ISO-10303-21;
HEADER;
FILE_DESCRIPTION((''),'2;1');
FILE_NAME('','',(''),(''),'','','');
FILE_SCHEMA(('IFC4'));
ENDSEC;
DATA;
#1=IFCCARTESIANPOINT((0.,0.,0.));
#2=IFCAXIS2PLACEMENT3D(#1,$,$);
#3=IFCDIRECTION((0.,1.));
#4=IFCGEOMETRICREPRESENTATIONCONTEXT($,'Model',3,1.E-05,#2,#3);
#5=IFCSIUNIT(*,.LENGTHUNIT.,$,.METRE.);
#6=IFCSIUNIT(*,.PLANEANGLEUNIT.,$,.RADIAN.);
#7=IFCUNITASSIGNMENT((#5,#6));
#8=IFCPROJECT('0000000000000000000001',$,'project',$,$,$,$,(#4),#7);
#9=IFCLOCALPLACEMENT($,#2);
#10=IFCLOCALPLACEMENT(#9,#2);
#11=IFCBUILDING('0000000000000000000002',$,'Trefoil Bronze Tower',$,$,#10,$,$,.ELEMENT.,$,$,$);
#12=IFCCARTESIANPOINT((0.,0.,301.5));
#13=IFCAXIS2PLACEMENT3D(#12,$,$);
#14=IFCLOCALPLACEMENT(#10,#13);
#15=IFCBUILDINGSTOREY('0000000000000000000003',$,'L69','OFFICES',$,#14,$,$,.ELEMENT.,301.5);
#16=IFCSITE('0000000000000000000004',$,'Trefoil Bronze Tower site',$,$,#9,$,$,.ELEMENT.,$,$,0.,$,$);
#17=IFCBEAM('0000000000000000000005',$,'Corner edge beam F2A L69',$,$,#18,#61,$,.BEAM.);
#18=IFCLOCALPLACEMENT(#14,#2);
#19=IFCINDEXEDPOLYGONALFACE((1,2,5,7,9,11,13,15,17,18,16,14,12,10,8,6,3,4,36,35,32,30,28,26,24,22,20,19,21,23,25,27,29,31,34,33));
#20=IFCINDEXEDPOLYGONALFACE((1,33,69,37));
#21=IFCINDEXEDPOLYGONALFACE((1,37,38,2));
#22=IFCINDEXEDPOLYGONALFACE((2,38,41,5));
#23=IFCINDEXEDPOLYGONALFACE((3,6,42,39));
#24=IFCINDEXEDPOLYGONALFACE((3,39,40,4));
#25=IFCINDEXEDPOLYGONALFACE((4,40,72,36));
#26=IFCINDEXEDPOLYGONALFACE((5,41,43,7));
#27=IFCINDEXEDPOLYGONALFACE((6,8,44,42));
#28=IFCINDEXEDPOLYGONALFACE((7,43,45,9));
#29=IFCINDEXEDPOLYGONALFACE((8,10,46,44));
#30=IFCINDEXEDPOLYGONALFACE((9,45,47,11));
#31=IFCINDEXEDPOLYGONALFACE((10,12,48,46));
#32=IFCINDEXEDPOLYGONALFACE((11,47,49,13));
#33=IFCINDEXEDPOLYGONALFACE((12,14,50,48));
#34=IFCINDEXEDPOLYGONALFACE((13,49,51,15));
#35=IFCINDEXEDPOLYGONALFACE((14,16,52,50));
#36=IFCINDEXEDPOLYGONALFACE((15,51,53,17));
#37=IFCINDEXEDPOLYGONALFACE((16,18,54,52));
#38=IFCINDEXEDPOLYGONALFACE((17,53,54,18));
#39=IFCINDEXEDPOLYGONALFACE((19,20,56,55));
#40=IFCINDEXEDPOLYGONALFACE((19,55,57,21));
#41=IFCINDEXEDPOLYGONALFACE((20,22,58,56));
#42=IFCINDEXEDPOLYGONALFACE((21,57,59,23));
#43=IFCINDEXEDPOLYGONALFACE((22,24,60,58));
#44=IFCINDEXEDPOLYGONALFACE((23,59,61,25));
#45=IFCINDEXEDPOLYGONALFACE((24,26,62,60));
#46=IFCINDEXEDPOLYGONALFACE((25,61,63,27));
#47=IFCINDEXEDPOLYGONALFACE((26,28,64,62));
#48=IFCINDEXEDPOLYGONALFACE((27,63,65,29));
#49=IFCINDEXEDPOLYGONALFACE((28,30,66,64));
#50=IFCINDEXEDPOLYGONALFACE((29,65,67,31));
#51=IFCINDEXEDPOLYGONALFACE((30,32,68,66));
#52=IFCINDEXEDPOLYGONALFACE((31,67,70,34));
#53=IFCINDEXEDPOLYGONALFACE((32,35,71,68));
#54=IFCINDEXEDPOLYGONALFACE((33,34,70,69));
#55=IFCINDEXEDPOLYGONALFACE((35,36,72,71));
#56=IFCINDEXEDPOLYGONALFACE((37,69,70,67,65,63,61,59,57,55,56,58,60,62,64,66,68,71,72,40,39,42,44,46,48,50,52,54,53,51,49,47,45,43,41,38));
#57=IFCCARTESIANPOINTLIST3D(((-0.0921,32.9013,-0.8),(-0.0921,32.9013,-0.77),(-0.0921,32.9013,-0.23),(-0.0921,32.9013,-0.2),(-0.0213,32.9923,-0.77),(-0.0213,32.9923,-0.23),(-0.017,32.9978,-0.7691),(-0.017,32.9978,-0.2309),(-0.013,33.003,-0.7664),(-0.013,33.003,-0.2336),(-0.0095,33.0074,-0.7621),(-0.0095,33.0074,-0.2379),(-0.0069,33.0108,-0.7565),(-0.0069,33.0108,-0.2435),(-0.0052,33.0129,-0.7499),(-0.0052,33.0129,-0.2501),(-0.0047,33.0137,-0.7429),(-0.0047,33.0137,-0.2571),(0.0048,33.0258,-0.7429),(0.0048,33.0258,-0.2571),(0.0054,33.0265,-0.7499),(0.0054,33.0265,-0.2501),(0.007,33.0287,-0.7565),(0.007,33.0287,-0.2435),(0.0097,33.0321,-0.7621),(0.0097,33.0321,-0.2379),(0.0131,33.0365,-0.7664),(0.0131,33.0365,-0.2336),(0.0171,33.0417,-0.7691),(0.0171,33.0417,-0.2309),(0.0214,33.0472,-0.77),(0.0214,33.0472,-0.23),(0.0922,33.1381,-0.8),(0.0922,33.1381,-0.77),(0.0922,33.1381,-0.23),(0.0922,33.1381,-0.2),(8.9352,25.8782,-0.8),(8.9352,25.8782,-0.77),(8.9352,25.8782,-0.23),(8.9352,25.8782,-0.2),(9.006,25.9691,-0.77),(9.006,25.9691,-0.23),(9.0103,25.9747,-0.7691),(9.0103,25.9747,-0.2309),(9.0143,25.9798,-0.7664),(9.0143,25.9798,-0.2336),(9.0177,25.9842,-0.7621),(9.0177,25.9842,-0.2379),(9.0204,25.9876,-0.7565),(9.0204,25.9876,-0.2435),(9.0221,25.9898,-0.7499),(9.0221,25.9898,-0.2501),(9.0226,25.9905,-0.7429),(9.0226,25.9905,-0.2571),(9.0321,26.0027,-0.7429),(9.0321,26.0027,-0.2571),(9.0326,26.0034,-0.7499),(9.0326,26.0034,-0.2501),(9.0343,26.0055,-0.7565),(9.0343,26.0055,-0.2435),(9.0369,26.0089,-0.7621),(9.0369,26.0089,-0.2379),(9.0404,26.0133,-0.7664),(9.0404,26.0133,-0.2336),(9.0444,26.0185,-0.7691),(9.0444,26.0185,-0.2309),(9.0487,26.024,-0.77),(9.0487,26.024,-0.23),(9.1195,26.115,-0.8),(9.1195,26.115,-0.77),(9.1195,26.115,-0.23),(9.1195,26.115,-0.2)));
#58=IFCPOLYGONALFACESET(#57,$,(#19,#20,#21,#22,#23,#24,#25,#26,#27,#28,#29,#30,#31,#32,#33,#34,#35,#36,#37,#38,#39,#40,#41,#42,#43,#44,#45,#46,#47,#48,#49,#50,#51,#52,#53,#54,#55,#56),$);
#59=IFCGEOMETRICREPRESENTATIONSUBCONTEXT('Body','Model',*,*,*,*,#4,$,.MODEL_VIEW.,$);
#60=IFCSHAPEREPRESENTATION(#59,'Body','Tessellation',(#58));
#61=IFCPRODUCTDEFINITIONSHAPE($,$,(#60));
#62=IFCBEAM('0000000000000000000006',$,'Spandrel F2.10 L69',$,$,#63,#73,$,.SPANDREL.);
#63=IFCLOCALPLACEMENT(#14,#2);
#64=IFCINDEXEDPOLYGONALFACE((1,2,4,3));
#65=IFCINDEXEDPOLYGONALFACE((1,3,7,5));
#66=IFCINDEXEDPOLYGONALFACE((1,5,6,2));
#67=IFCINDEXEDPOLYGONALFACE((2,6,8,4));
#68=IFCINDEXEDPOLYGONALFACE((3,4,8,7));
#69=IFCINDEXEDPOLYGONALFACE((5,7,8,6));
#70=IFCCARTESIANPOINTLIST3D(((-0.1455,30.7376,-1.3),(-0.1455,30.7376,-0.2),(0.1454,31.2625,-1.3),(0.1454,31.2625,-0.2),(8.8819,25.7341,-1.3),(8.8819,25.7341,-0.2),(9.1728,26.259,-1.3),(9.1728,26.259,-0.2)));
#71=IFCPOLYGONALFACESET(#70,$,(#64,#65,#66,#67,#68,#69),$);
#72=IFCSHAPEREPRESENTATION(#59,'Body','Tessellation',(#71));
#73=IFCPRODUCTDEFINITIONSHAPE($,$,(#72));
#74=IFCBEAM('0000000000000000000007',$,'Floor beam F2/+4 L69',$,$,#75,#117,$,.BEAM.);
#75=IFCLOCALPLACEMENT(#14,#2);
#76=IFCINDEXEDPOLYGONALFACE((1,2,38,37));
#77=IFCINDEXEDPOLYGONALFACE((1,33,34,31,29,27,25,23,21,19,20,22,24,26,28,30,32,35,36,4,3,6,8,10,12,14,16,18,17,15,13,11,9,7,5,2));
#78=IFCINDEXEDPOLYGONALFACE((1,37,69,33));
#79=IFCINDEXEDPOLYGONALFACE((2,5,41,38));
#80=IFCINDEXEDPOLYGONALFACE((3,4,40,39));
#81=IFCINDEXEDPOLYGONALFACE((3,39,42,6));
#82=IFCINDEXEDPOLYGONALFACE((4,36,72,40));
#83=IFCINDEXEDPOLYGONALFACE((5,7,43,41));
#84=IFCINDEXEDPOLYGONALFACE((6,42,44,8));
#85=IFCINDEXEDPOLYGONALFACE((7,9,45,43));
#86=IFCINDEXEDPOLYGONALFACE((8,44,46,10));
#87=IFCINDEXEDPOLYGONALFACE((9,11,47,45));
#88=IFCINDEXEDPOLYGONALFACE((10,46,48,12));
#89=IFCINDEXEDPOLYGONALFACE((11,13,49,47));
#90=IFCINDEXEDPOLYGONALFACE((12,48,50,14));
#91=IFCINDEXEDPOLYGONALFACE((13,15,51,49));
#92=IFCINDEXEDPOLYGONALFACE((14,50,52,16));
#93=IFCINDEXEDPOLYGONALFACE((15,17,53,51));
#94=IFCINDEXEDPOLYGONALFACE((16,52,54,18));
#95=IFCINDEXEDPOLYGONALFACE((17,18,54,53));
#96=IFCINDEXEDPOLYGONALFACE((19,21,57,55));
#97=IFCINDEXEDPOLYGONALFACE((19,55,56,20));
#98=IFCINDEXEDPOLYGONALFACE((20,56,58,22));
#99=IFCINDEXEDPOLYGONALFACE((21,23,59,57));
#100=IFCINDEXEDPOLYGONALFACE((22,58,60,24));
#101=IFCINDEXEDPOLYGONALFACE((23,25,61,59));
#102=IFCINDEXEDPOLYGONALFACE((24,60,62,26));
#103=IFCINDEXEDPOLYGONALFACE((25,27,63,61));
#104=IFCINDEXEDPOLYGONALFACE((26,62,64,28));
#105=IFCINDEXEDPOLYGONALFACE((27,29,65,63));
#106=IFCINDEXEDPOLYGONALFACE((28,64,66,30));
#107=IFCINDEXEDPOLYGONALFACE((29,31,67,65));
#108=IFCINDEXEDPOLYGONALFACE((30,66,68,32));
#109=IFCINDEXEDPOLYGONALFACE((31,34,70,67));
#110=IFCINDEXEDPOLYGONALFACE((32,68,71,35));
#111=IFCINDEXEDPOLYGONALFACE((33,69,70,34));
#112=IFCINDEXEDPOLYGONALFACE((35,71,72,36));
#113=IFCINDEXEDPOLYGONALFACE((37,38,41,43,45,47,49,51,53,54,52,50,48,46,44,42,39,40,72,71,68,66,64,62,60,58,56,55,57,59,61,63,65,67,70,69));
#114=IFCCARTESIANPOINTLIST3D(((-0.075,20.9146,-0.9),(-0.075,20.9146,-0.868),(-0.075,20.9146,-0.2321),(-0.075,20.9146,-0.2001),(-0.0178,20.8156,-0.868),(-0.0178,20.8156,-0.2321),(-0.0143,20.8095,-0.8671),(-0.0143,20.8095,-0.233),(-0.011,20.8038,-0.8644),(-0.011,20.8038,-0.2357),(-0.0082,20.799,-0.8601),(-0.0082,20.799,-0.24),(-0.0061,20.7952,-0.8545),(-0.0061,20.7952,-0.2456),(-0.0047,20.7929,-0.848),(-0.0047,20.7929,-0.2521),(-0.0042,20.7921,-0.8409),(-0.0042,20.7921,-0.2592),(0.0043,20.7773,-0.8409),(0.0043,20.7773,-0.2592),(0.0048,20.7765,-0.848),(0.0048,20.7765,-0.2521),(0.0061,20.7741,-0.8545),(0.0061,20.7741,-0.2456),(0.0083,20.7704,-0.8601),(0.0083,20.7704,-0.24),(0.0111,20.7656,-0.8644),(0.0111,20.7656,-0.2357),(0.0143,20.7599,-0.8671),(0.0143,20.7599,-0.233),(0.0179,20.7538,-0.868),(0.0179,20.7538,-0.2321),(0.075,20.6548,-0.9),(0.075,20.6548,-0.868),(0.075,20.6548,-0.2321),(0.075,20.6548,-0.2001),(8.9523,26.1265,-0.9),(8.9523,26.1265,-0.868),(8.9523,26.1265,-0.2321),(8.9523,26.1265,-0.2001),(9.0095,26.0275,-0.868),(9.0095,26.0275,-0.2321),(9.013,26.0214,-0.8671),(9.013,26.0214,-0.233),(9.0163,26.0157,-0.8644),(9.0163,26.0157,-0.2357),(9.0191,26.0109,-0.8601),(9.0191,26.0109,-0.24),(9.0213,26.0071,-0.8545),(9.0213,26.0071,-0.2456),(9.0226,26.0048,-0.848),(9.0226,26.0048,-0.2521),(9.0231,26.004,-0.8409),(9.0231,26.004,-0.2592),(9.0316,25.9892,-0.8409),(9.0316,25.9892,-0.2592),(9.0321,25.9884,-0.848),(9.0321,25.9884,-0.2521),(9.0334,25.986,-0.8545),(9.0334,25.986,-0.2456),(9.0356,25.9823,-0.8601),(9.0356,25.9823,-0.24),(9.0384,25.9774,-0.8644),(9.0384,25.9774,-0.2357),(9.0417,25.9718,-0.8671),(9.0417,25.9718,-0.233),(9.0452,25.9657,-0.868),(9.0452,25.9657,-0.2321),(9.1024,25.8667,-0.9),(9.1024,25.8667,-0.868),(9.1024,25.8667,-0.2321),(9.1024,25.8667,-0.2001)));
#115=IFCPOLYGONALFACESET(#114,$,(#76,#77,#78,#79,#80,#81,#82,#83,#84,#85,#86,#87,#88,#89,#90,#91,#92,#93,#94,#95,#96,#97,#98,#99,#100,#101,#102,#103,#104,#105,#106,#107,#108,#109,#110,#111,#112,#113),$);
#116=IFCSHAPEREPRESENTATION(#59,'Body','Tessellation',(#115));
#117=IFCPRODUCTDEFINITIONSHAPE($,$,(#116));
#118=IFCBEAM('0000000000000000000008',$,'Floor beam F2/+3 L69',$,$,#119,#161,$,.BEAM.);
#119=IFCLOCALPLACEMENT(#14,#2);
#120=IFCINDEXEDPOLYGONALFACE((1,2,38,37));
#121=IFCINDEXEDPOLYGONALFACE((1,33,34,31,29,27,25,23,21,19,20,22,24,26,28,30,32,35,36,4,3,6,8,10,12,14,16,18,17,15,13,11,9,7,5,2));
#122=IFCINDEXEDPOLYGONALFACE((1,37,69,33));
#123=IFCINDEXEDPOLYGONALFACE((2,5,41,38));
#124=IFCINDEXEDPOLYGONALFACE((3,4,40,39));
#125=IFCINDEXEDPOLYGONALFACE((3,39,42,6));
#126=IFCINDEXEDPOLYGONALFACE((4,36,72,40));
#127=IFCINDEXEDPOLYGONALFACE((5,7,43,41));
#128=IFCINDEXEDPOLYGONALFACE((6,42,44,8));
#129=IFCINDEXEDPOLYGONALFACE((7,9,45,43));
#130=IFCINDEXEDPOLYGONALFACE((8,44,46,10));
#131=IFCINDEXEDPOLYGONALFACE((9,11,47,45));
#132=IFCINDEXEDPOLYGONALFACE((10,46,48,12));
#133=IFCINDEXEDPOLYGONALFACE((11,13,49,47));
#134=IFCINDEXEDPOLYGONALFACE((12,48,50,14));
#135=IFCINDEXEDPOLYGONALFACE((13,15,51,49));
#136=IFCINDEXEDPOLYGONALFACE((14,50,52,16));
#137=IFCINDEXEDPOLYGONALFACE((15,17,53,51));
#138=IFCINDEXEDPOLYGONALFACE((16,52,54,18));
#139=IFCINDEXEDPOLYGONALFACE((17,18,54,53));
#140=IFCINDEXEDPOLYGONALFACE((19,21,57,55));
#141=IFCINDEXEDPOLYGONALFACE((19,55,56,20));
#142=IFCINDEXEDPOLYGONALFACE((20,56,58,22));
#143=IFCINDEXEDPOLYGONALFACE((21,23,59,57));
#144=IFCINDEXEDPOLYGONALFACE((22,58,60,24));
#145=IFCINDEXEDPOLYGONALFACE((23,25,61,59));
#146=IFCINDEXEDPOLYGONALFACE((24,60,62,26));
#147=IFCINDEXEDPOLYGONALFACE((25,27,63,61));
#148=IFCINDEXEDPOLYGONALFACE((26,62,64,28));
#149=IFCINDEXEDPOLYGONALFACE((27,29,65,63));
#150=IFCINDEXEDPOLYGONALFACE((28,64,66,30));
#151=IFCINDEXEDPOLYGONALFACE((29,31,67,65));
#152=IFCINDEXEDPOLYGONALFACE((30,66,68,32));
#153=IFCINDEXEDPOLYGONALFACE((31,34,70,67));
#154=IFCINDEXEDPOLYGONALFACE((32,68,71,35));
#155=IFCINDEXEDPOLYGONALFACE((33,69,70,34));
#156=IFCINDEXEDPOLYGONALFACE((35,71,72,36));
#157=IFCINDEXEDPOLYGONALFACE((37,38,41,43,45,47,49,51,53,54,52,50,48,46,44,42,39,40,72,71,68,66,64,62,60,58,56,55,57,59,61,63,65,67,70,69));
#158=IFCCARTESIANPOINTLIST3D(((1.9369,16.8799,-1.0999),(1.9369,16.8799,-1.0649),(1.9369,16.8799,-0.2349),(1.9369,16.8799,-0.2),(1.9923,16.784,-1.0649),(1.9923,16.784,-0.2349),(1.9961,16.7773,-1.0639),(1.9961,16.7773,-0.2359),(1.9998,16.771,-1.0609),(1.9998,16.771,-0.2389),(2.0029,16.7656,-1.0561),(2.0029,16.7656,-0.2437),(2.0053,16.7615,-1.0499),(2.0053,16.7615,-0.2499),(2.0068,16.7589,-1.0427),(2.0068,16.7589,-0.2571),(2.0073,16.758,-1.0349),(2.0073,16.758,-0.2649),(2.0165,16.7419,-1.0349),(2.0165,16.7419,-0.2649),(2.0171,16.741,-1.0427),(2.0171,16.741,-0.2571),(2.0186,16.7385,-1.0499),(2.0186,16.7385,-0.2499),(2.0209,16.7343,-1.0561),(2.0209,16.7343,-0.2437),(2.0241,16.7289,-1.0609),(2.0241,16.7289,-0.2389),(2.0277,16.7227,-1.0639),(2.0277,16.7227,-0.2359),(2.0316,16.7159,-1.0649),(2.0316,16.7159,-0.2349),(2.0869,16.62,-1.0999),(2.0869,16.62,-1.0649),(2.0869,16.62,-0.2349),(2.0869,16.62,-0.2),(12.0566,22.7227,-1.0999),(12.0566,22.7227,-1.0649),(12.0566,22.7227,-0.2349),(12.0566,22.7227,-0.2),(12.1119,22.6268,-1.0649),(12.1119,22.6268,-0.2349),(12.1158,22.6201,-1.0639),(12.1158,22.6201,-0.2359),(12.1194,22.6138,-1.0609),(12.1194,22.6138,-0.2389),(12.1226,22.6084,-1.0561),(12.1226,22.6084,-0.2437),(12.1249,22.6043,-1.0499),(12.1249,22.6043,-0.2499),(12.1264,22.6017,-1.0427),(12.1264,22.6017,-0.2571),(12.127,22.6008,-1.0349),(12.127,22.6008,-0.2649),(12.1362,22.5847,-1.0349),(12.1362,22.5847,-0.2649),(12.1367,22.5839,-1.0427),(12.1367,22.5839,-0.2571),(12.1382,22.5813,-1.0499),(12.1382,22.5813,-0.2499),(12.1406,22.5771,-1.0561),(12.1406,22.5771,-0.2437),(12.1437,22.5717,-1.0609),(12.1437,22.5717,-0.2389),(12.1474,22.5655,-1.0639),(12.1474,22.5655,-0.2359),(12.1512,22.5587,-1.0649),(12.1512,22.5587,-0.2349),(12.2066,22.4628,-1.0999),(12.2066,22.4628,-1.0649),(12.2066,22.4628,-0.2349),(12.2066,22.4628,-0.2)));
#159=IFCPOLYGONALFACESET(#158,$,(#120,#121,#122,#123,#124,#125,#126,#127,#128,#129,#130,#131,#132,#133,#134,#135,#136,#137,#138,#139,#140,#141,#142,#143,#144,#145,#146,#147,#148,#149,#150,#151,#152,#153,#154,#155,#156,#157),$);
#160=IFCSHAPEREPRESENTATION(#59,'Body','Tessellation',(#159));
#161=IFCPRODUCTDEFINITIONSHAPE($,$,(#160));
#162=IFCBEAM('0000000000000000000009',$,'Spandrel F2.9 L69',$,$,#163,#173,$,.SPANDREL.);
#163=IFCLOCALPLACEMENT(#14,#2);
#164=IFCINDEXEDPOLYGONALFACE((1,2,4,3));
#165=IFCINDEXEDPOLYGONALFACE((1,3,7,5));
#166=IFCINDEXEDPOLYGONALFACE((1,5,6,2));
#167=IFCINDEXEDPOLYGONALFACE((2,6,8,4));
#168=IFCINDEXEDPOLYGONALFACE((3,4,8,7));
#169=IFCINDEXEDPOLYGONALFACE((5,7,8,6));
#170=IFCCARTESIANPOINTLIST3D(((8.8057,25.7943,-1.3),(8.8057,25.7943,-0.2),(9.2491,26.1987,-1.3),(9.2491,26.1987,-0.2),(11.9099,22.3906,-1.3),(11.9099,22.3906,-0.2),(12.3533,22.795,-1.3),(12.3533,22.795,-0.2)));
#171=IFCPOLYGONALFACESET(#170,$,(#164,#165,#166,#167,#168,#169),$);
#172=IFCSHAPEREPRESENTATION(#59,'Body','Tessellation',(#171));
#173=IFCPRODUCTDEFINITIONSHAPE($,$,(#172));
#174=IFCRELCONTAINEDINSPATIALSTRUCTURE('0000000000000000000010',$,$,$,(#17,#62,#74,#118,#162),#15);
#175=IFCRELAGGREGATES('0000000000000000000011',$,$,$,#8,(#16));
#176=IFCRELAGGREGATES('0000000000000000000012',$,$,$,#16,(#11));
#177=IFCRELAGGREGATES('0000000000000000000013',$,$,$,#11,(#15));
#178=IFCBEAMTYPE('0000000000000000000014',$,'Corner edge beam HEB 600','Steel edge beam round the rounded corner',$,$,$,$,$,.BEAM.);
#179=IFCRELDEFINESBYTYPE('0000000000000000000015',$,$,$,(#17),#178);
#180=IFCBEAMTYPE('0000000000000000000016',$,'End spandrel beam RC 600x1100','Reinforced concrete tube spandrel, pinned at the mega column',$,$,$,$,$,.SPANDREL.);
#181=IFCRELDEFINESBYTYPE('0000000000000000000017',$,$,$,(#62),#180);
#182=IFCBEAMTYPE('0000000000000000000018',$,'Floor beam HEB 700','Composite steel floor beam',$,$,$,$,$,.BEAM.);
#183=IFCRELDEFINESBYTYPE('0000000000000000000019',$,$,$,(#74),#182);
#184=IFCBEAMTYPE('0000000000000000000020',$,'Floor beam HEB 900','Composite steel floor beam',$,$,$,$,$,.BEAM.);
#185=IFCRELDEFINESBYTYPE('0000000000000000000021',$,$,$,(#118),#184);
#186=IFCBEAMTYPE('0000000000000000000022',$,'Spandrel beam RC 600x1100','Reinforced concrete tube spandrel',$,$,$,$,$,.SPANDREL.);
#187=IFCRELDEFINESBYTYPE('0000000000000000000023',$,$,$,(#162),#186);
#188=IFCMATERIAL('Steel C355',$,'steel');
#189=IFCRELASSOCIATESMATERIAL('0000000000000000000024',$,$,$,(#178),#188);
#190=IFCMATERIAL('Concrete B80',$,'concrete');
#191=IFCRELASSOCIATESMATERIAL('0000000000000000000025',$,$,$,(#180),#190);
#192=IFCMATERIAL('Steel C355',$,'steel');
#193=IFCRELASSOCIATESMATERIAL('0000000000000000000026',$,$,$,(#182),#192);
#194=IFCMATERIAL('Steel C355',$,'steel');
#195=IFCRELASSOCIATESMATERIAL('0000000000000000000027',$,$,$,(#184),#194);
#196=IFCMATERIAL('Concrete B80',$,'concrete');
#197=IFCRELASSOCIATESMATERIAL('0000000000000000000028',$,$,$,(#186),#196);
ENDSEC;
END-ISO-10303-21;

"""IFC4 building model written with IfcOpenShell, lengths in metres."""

from ifc_helpers import new_model, si_unit, direction, frame, origin, origin_2d, place, context, subcontext, project, spatial, rectangle, i_section, extrude, material, material_profile, profile_set, type_object, element, save


model = new_model("IFC4")

# Units and contexts
model_context = context("Model", 3, precision=1e-05, world=origin(), true_north=direction((0.0, 1.0)))
body_context = subcontext(model_context, "Body", "Model", "MODEL_VIEW")
ifc_project = project(units=[si_unit("LENGTHUNIT", "METRE"), si_unit("PLANEANGLEUNIT", "RADIAN")], contexts=[model_context])

# Site, building, storey
site_placement = place(None, origin())
site = spatial("IfcSite", under=ifc_project, at=site_placement, Name="Trefoil Bronze Tower site", CompositionType="ELEMENT", RefElevation=0.0)
building_placement = place(site_placement, origin())
building = spatial("IfcBuilding", under=site, at=building_placement, Name="Trefoil Bronze Tower", CompositionType="ELEMENT")
storey_placement = place(building_placement, frame((0.0, 0.0, 301.5)))
storey = spatial("IfcBuildingStorey", under=building, at=storey_placement, Name="L69", Description="OFFICES", CompositionType="ELEMENT", Elevation=301.5)

# Beams
ifc_material_1 = material(Name="Steel C355", Category="steel")
ifc_material_profile_1 = material_profile(ifc_material_1, i_section(OverallWidth=0.3, OverallDepth=0.6001, WebThickness=0.0154, FlangeThickness=0.03, FilletRadius=0.0271, at=origin_2d()), Name="HEB 600")
ifc_profile_set_1 = profile_set([ifc_material_profile_1], Name="Steel C355")
beam_type_1 = type_object("IfcBeamType", Name="Corner edge beam HEB 600", Description="Steel edge beam round the rounded corner", PredefinedType="BEAM", material=ifc_profile_set_1)
beam_1_placement = place(storey_placement, frame((9.0273, 25.9966, -0.5), z_axis=(-0.789271, 0.614046, 0.0), x_axis=(-0.614046, -0.789271, 0.0)))
element("IfcBeam", 1, at=beam_1_placement, inside=storey, type_object=beam_type_1, Name="Corner edge beam F2A L69", PredefinedType="BEAM", context=body_context, shape_type="SweptSolid", body=[
    extrude(i_section(OverallWidth=0.3, OverallDepth=0.6001, WebThickness=0.0154, FlangeThickness=0.03, FilletRadius=0.0271, at=origin_2d()), origin(), (0.0, 0.0, 1.0), 11.4375),
])
ifc_material_2 = material(Name="Concrete B80", Category="concrete")
ifc_material_profile_2 = material_profile(ifc_material_2, rectangle(XDim=0.6001, YDim=1.1001, at=origin_2d()), Name="RC 600x1100")
ifc_profile_set_2 = profile_set([ifc_material_profile_2], Name="Concrete B80")
beam_type_2 = type_object("IfcBeamType", Name="End spandrel beam RC 600x1100", Description="Reinforced concrete tube spandrel, pinned at the mega column", PredefinedType="SPANDREL", material=ifc_profile_set_2)
beam_2_placement = place(storey_placement, frame((9.0273, 25.9966, -0.75), z_axis=(-0.874641, 0.484771, 0.0), x_axis=(-0.484771, -0.874641, 0.0)))
element("IfcBeam", 2, at=beam_2_placement, inside=storey, type_object=beam_type_2, Name="Spandrel F2.10 L69", PredefinedType="SPANDREL", context=body_context, shape_type="SweptSolid", body=[
    extrude(rectangle(XDim=0.6001, YDim=1.1001, at=origin_2d()), origin(), (0.0, 0.0, 1.0), 10.3213),
])
ifc_material_3 = material(Name="Steel C355", Category="steel")
ifc_material_profile_3 = material_profile(ifc_material_3, i_section(OverallWidth=0.3, OverallDepth=0.7, WebThickness=0.0171, FlangeThickness=0.032, FilletRadius=0.0271, at=origin_2d()), Name="HEB 700")
ifc_profile_set_3 = profile_set([ifc_material_profile_3], Name="Steel C355")
beam_type_3 = type_object("IfcBeamType", Name="Floor beam HEB 700", Description="Composite steel floor beam", PredefinedType="BEAM", material=ifc_profile_set_3)
beam_3_placement = place(storey_placement, frame((9.0273, 25.9966, -0.55), z_axis=(-0.866026, -0.499998, 0.0), x_axis=(0.499998, -0.866026, 0.0)))
element("IfcBeam", 3, at=beam_3_placement, inside=storey, type_object=beam_type_3, Name="Floor beam F2/+4 L69", PredefinedType="BEAM", context=body_context, shape_type="SweptSolid", body=[
    extrude(i_section(OverallWidth=0.3, OverallDepth=0.7, WebThickness=0.0171, FlangeThickness=0.032, FilletRadius=0.0271, at=origin_2d()), origin(), (0.0, 0.0, 1.0), 10.4238),
])
ifc_material_4 = material(Name="Steel C355", Category="steel")
ifc_material_profile_4 = material_profile(ifc_material_4, i_section(OverallWidth=0.3, OverallDepth=0.8999, WebThickness=0.0186, FlangeThickness=0.0349, FilletRadius=0.03, at=origin_2d()), Name="HEB 900")
ifc_profile_set_4 = profile_set([ifc_material_profile_4], Name="Steel C355")
beam_type_4 = type_object("IfcBeamType", Name="Floor beam HEB 900", Description="Composite steel floor beam", PredefinedType="BEAM", material=ifc_profile_set_4)
beam_4_placement = place(storey_placement, frame((12.1316, 22.5928, -0.6499), z_axis=(-0.866018, -0.500013, 0.0), x_axis=(0.500013, -0.866018, 0.0)))
element("IfcBeam", 4, at=beam_4_placement, inside=storey, type_object=beam_type_4, Name="Floor beam F2/+3 L69", PredefinedType="BEAM", context=body_context, shape_type="SweptSolid", body=[
    extrude(i_section(OverallWidth=0.3, OverallDepth=0.8999, WebThickness=0.0186, FlangeThickness=0.0349, FilletRadius=0.03, at=origin_2d()), origin(), (0.0, 0.0, 1.0), 11.6853),
])
ifc_material_5 = material(Name="Concrete B80", Category="concrete")
ifc_material_profile_5 = material_profile(ifc_material_5, rectangle(XDim=0.6001, YDim=1.1001, at=origin_2d()), Name="RC 600x1100")
ifc_profile_set_5 = profile_set([ifc_material_profile_5], Name="Concrete B80")
beam_type_5 = type_object("IfcBeamType", Name="Spandrel beam RC 600x1100", Description="Reinforced concrete tube spandrel", PredefinedType="SPANDREL", material=ifc_profile_set_5)
beam_5_placement = place(storey_placement, frame((12.1316, 22.5928, -0.75), z_axis=(-0.673846, 0.738872, 0.0), x_axis=(-0.738872, -0.673846, 0.0)))
element("IfcBeam", 5, at=beam_5_placement, inside=storey, type_object=beam_type_5, Name="Spandrel F2.9 L69", PredefinedType="SPANDREL", context=body_context, shape_type="SweptSolid", body=[
    extrude(rectangle(XDim=0.6001, YDim=1.1001, at=origin_2d()), origin(), (0.0, 0.0, 1.0), 4.6067),
])

save(model, "model.ifc")
